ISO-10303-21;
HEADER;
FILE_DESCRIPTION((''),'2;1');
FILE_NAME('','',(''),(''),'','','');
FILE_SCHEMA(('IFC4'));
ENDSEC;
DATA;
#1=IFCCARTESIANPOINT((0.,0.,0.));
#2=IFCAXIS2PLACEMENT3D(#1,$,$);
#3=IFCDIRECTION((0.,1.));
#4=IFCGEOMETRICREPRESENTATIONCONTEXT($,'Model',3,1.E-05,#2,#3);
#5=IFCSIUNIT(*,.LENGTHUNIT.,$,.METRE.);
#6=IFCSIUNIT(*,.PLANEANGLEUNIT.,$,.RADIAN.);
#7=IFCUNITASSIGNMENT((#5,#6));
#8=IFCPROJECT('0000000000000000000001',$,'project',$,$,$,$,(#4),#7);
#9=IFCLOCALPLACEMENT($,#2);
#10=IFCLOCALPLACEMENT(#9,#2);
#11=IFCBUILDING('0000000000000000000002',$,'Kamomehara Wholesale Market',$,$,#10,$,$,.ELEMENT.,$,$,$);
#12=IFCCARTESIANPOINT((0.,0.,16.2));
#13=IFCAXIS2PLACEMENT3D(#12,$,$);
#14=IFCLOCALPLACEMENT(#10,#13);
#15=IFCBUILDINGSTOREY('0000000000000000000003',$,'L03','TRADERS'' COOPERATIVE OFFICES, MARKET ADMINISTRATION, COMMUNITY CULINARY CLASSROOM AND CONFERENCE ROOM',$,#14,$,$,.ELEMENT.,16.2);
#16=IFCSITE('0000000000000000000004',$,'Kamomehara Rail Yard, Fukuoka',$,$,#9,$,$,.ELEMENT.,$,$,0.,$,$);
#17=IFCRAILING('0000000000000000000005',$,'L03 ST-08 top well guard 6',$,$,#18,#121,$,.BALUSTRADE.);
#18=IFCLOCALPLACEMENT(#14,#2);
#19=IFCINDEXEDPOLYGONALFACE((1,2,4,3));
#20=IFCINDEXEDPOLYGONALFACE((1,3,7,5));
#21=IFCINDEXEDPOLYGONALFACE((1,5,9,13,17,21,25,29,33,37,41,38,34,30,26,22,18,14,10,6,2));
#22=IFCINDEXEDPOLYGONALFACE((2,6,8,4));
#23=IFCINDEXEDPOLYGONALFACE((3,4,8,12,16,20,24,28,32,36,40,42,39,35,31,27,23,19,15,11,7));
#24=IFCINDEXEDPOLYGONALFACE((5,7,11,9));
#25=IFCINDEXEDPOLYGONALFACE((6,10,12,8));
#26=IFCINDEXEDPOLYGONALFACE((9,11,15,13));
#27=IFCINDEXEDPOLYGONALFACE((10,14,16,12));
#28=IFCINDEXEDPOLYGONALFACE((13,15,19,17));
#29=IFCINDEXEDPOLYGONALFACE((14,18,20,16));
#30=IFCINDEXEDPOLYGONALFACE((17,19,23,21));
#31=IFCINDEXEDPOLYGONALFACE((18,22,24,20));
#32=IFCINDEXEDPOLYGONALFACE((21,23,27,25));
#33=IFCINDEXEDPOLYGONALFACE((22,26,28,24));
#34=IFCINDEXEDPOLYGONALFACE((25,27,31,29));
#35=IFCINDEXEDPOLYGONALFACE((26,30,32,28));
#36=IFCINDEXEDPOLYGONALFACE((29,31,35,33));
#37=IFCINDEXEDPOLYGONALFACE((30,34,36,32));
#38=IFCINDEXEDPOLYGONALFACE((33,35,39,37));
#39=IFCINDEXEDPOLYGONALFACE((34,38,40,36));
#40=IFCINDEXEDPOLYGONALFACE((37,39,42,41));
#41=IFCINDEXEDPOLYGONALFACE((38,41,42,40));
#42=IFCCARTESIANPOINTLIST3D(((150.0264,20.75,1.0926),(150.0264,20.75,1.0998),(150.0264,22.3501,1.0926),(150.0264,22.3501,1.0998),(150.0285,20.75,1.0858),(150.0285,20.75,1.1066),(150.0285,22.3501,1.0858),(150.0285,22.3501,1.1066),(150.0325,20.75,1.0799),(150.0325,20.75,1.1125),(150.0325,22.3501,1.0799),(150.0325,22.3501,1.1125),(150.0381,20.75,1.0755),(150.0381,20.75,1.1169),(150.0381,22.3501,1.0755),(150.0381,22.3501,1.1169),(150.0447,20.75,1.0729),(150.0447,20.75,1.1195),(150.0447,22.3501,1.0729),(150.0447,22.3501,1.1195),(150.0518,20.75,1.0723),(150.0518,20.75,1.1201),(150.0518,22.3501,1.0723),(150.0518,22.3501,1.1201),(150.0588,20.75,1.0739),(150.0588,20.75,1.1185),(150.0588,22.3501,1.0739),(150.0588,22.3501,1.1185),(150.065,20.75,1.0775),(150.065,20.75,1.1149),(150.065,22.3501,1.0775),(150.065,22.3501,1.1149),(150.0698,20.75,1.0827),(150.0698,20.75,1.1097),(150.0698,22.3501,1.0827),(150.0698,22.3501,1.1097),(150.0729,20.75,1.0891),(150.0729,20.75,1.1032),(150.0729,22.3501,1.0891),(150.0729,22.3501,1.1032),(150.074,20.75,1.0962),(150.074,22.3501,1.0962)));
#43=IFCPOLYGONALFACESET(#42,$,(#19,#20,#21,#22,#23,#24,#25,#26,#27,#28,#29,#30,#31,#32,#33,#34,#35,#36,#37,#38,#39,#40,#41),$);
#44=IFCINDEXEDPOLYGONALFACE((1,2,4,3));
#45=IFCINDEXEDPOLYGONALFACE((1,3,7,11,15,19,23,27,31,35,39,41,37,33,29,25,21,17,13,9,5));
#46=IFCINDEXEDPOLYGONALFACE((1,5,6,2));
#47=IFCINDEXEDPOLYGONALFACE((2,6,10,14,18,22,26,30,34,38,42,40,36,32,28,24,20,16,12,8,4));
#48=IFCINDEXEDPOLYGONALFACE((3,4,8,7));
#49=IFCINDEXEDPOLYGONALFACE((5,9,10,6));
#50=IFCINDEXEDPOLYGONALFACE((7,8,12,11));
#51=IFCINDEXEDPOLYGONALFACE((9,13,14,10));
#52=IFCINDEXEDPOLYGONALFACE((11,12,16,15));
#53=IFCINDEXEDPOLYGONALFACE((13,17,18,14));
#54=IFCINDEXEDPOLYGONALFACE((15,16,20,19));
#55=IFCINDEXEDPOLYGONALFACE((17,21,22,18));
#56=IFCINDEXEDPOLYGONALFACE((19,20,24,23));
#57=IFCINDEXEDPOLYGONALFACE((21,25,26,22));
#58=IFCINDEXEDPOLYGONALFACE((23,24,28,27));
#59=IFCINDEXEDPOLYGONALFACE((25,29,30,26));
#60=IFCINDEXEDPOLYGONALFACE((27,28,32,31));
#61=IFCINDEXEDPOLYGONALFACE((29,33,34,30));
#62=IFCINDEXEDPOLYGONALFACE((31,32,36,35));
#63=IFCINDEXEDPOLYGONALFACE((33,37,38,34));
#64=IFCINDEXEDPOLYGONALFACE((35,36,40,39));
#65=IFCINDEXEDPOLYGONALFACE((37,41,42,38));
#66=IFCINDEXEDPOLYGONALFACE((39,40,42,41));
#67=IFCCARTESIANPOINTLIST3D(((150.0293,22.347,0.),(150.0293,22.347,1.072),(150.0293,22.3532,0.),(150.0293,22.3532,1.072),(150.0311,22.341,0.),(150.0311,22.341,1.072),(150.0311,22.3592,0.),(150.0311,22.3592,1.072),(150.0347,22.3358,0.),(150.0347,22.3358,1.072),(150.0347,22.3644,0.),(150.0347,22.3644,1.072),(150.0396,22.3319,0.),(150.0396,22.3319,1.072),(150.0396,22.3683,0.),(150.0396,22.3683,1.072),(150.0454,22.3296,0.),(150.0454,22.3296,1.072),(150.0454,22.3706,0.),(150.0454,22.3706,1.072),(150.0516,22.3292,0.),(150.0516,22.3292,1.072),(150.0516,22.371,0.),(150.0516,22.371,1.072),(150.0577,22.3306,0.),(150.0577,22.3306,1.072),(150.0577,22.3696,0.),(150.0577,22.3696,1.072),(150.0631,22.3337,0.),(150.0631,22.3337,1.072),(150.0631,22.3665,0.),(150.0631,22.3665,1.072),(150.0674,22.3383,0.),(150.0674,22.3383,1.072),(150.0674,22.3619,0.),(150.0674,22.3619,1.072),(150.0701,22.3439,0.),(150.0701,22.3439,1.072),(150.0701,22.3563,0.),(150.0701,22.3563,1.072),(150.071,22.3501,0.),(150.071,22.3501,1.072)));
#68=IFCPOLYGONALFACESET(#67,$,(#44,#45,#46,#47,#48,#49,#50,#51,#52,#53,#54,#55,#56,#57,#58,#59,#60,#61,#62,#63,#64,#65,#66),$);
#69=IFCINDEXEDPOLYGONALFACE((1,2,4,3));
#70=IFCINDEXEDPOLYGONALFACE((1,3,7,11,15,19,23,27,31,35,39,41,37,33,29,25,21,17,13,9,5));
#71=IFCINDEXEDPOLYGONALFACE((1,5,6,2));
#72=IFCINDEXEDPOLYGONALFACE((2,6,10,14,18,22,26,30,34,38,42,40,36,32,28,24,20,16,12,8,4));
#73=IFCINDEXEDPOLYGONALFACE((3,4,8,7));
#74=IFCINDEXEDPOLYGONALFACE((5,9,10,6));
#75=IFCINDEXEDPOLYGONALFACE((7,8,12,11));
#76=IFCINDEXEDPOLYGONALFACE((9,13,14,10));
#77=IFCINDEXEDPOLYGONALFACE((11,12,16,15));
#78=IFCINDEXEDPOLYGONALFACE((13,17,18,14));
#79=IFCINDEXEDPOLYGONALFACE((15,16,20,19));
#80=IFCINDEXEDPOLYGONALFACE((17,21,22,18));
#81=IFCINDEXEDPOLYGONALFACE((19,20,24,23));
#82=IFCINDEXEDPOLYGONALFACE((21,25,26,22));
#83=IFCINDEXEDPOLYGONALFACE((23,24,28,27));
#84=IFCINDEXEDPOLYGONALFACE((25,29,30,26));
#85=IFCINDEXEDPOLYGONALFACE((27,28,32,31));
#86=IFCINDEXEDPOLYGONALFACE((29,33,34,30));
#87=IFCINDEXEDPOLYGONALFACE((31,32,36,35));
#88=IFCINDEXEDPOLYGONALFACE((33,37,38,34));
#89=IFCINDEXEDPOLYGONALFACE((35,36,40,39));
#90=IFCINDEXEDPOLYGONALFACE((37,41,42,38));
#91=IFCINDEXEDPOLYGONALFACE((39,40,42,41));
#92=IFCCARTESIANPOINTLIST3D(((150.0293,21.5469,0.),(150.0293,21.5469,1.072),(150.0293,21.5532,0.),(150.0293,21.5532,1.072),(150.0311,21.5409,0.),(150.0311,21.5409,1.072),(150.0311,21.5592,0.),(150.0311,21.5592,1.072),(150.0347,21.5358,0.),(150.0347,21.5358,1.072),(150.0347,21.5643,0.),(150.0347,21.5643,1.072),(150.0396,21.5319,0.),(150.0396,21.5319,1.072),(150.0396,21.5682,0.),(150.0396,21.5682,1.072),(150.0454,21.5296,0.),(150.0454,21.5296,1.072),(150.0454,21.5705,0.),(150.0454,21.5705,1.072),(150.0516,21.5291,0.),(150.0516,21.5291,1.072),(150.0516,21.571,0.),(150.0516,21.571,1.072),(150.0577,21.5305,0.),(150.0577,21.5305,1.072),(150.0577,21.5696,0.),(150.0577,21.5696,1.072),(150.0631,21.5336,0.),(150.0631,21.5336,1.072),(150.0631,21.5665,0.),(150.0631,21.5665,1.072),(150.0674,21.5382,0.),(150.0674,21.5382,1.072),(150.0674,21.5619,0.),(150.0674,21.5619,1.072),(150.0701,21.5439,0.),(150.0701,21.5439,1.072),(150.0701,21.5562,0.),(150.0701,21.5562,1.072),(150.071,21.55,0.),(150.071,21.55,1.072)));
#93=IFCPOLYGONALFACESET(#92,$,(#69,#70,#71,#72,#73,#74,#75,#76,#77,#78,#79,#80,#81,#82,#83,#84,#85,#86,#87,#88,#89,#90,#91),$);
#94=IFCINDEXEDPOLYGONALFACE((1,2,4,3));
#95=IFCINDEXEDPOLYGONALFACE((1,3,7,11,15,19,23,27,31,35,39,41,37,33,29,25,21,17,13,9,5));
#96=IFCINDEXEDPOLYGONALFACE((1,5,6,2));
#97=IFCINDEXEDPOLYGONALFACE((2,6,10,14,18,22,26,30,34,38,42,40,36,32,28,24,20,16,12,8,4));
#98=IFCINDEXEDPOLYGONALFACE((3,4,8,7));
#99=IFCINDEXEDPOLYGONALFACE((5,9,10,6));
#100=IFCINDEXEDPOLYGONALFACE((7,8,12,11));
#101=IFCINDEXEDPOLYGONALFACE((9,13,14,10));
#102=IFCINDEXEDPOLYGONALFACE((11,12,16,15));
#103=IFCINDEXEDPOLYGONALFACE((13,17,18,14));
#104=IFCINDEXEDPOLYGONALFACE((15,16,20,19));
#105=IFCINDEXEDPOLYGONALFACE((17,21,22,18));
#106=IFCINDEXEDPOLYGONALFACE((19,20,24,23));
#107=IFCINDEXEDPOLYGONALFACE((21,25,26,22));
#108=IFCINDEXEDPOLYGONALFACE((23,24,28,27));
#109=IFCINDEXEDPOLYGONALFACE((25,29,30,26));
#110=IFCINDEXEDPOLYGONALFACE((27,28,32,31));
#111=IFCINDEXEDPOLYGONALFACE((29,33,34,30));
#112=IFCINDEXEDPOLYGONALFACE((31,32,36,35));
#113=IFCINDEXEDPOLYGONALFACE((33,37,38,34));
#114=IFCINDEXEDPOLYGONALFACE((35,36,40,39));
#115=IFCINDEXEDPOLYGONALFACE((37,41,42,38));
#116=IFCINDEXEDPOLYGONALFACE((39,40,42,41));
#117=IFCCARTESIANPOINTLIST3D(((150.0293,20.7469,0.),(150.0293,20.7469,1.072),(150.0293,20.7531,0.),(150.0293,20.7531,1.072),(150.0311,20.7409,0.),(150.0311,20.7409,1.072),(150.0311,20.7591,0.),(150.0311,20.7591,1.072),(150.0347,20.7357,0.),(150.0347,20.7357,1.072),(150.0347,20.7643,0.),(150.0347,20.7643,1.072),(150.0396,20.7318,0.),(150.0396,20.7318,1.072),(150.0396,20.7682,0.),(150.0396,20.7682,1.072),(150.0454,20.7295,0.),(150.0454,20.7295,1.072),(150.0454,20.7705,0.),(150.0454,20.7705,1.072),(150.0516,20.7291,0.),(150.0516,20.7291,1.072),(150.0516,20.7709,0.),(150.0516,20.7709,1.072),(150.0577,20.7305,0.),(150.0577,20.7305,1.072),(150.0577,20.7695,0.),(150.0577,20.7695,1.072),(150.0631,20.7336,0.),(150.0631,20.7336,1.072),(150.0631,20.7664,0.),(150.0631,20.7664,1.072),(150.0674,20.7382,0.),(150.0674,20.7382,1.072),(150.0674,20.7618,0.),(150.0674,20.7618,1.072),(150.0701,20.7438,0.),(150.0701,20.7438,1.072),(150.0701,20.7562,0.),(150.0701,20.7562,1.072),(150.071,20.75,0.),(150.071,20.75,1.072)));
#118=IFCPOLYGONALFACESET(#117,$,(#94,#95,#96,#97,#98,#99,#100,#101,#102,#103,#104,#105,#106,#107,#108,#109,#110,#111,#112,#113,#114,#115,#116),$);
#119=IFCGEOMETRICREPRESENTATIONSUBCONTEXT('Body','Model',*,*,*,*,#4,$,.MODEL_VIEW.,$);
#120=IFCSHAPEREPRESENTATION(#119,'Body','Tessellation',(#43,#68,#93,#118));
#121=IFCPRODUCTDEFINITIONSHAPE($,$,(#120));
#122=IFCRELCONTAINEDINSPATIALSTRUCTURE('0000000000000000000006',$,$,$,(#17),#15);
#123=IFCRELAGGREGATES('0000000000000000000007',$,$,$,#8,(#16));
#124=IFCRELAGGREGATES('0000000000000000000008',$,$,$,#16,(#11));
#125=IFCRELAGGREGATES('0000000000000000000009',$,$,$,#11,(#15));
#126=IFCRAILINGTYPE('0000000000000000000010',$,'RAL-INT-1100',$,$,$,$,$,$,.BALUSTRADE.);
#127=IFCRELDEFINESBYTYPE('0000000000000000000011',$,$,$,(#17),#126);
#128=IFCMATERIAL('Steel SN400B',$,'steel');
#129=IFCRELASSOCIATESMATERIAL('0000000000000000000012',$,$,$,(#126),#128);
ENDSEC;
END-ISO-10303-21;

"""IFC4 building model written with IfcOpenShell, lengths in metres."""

from ifc_helpers import new_model, si_unit, direction, frame, origin, origin_2d, place, context, subcontext, project, spatial, circle, extrude, material, type_object, element, save


model = new_model("IFC4")

# Units and contexts
model_context = context("Model", 3, precision=1e-05, world=origin(), true_north=direction((0.0, 1.0)))
body_context = subcontext(model_context, "Body", "Model", "MODEL_VIEW")
ifc_project = project(units=[si_unit("LENGTHUNIT", "METRE"), si_unit("PLANEANGLEUNIT", "RADIAN")], contexts=[model_context])

# Site, building, storey
site_placement = place(None, origin())
site = spatial("IfcSite", under=ifc_project, at=site_placement, Name="Kamomehara Rail Yard, Fukuoka", CompositionType="ELEMENT", RefElevation=0.0)
building_placement = place(site_placement, origin())
building = spatial("IfcBuilding", under=site, at=building_placement, Name="Kamomehara Wholesale Market", CompositionType="ELEMENT")
storey_placement = place(building_placement, frame((0.0, 0.0, 16.2)))
storey = spatial("IfcBuildingStorey", under=building, at=storey_placement, Name="L03", Description="TRADERS' COOPERATIVE OFFICES, MARKET ADMINISTRATION, COMMUNITY CULINARY CLASSROOM AND CONFERENCE ROOM", CompositionType="ELEMENT", Elevation=16.2)

# Railing
ifc_material_1 = material(Name="Steel SN400B", Category="steel")
railing_type = type_object("IfcRailingType", Name="RAL-INT-1100", PredefinedType="BALUSTRADE", material=ifc_material_1)
railing_1_placement = place(storey_placement, frame((150.05, 22.3501, 0.0)))
element("IfcRailing", 1, at=railing_1_placement, inside=storey, type_object=railing_type, Name="L03 ST-08 top well guard 6", PredefinedType="BALUSTRADE", context=body_context, shape_type="SweptSolid", body=[
    extrude(circle(Radius=0.0239, at=origin_2d()), frame((0.0, 0.0, 1.0962), z_axis=(0.0, -1.0, 0.0), x_axis=(1.0, 0.0, 0.0)), (0.0, 0.0, 1.0), 1.6001),
    extrude(circle(Radius=0.021, at=origin_2d()), origin(), (0.0, 0.0, 1.0), 1.072),
    extrude(circle(Radius=0.021, at=origin_2d()), frame((0.0, -0.8, 0.0)), (0.0, 0.0, 1.0), 1.072),
    extrude(circle(Radius=0.021, at=origin_2d()), frame((0.0, -1.6001, 0.0)), (0.0, 0.0, 1.0), 1.072),
])

save(model, "model.ifc")
